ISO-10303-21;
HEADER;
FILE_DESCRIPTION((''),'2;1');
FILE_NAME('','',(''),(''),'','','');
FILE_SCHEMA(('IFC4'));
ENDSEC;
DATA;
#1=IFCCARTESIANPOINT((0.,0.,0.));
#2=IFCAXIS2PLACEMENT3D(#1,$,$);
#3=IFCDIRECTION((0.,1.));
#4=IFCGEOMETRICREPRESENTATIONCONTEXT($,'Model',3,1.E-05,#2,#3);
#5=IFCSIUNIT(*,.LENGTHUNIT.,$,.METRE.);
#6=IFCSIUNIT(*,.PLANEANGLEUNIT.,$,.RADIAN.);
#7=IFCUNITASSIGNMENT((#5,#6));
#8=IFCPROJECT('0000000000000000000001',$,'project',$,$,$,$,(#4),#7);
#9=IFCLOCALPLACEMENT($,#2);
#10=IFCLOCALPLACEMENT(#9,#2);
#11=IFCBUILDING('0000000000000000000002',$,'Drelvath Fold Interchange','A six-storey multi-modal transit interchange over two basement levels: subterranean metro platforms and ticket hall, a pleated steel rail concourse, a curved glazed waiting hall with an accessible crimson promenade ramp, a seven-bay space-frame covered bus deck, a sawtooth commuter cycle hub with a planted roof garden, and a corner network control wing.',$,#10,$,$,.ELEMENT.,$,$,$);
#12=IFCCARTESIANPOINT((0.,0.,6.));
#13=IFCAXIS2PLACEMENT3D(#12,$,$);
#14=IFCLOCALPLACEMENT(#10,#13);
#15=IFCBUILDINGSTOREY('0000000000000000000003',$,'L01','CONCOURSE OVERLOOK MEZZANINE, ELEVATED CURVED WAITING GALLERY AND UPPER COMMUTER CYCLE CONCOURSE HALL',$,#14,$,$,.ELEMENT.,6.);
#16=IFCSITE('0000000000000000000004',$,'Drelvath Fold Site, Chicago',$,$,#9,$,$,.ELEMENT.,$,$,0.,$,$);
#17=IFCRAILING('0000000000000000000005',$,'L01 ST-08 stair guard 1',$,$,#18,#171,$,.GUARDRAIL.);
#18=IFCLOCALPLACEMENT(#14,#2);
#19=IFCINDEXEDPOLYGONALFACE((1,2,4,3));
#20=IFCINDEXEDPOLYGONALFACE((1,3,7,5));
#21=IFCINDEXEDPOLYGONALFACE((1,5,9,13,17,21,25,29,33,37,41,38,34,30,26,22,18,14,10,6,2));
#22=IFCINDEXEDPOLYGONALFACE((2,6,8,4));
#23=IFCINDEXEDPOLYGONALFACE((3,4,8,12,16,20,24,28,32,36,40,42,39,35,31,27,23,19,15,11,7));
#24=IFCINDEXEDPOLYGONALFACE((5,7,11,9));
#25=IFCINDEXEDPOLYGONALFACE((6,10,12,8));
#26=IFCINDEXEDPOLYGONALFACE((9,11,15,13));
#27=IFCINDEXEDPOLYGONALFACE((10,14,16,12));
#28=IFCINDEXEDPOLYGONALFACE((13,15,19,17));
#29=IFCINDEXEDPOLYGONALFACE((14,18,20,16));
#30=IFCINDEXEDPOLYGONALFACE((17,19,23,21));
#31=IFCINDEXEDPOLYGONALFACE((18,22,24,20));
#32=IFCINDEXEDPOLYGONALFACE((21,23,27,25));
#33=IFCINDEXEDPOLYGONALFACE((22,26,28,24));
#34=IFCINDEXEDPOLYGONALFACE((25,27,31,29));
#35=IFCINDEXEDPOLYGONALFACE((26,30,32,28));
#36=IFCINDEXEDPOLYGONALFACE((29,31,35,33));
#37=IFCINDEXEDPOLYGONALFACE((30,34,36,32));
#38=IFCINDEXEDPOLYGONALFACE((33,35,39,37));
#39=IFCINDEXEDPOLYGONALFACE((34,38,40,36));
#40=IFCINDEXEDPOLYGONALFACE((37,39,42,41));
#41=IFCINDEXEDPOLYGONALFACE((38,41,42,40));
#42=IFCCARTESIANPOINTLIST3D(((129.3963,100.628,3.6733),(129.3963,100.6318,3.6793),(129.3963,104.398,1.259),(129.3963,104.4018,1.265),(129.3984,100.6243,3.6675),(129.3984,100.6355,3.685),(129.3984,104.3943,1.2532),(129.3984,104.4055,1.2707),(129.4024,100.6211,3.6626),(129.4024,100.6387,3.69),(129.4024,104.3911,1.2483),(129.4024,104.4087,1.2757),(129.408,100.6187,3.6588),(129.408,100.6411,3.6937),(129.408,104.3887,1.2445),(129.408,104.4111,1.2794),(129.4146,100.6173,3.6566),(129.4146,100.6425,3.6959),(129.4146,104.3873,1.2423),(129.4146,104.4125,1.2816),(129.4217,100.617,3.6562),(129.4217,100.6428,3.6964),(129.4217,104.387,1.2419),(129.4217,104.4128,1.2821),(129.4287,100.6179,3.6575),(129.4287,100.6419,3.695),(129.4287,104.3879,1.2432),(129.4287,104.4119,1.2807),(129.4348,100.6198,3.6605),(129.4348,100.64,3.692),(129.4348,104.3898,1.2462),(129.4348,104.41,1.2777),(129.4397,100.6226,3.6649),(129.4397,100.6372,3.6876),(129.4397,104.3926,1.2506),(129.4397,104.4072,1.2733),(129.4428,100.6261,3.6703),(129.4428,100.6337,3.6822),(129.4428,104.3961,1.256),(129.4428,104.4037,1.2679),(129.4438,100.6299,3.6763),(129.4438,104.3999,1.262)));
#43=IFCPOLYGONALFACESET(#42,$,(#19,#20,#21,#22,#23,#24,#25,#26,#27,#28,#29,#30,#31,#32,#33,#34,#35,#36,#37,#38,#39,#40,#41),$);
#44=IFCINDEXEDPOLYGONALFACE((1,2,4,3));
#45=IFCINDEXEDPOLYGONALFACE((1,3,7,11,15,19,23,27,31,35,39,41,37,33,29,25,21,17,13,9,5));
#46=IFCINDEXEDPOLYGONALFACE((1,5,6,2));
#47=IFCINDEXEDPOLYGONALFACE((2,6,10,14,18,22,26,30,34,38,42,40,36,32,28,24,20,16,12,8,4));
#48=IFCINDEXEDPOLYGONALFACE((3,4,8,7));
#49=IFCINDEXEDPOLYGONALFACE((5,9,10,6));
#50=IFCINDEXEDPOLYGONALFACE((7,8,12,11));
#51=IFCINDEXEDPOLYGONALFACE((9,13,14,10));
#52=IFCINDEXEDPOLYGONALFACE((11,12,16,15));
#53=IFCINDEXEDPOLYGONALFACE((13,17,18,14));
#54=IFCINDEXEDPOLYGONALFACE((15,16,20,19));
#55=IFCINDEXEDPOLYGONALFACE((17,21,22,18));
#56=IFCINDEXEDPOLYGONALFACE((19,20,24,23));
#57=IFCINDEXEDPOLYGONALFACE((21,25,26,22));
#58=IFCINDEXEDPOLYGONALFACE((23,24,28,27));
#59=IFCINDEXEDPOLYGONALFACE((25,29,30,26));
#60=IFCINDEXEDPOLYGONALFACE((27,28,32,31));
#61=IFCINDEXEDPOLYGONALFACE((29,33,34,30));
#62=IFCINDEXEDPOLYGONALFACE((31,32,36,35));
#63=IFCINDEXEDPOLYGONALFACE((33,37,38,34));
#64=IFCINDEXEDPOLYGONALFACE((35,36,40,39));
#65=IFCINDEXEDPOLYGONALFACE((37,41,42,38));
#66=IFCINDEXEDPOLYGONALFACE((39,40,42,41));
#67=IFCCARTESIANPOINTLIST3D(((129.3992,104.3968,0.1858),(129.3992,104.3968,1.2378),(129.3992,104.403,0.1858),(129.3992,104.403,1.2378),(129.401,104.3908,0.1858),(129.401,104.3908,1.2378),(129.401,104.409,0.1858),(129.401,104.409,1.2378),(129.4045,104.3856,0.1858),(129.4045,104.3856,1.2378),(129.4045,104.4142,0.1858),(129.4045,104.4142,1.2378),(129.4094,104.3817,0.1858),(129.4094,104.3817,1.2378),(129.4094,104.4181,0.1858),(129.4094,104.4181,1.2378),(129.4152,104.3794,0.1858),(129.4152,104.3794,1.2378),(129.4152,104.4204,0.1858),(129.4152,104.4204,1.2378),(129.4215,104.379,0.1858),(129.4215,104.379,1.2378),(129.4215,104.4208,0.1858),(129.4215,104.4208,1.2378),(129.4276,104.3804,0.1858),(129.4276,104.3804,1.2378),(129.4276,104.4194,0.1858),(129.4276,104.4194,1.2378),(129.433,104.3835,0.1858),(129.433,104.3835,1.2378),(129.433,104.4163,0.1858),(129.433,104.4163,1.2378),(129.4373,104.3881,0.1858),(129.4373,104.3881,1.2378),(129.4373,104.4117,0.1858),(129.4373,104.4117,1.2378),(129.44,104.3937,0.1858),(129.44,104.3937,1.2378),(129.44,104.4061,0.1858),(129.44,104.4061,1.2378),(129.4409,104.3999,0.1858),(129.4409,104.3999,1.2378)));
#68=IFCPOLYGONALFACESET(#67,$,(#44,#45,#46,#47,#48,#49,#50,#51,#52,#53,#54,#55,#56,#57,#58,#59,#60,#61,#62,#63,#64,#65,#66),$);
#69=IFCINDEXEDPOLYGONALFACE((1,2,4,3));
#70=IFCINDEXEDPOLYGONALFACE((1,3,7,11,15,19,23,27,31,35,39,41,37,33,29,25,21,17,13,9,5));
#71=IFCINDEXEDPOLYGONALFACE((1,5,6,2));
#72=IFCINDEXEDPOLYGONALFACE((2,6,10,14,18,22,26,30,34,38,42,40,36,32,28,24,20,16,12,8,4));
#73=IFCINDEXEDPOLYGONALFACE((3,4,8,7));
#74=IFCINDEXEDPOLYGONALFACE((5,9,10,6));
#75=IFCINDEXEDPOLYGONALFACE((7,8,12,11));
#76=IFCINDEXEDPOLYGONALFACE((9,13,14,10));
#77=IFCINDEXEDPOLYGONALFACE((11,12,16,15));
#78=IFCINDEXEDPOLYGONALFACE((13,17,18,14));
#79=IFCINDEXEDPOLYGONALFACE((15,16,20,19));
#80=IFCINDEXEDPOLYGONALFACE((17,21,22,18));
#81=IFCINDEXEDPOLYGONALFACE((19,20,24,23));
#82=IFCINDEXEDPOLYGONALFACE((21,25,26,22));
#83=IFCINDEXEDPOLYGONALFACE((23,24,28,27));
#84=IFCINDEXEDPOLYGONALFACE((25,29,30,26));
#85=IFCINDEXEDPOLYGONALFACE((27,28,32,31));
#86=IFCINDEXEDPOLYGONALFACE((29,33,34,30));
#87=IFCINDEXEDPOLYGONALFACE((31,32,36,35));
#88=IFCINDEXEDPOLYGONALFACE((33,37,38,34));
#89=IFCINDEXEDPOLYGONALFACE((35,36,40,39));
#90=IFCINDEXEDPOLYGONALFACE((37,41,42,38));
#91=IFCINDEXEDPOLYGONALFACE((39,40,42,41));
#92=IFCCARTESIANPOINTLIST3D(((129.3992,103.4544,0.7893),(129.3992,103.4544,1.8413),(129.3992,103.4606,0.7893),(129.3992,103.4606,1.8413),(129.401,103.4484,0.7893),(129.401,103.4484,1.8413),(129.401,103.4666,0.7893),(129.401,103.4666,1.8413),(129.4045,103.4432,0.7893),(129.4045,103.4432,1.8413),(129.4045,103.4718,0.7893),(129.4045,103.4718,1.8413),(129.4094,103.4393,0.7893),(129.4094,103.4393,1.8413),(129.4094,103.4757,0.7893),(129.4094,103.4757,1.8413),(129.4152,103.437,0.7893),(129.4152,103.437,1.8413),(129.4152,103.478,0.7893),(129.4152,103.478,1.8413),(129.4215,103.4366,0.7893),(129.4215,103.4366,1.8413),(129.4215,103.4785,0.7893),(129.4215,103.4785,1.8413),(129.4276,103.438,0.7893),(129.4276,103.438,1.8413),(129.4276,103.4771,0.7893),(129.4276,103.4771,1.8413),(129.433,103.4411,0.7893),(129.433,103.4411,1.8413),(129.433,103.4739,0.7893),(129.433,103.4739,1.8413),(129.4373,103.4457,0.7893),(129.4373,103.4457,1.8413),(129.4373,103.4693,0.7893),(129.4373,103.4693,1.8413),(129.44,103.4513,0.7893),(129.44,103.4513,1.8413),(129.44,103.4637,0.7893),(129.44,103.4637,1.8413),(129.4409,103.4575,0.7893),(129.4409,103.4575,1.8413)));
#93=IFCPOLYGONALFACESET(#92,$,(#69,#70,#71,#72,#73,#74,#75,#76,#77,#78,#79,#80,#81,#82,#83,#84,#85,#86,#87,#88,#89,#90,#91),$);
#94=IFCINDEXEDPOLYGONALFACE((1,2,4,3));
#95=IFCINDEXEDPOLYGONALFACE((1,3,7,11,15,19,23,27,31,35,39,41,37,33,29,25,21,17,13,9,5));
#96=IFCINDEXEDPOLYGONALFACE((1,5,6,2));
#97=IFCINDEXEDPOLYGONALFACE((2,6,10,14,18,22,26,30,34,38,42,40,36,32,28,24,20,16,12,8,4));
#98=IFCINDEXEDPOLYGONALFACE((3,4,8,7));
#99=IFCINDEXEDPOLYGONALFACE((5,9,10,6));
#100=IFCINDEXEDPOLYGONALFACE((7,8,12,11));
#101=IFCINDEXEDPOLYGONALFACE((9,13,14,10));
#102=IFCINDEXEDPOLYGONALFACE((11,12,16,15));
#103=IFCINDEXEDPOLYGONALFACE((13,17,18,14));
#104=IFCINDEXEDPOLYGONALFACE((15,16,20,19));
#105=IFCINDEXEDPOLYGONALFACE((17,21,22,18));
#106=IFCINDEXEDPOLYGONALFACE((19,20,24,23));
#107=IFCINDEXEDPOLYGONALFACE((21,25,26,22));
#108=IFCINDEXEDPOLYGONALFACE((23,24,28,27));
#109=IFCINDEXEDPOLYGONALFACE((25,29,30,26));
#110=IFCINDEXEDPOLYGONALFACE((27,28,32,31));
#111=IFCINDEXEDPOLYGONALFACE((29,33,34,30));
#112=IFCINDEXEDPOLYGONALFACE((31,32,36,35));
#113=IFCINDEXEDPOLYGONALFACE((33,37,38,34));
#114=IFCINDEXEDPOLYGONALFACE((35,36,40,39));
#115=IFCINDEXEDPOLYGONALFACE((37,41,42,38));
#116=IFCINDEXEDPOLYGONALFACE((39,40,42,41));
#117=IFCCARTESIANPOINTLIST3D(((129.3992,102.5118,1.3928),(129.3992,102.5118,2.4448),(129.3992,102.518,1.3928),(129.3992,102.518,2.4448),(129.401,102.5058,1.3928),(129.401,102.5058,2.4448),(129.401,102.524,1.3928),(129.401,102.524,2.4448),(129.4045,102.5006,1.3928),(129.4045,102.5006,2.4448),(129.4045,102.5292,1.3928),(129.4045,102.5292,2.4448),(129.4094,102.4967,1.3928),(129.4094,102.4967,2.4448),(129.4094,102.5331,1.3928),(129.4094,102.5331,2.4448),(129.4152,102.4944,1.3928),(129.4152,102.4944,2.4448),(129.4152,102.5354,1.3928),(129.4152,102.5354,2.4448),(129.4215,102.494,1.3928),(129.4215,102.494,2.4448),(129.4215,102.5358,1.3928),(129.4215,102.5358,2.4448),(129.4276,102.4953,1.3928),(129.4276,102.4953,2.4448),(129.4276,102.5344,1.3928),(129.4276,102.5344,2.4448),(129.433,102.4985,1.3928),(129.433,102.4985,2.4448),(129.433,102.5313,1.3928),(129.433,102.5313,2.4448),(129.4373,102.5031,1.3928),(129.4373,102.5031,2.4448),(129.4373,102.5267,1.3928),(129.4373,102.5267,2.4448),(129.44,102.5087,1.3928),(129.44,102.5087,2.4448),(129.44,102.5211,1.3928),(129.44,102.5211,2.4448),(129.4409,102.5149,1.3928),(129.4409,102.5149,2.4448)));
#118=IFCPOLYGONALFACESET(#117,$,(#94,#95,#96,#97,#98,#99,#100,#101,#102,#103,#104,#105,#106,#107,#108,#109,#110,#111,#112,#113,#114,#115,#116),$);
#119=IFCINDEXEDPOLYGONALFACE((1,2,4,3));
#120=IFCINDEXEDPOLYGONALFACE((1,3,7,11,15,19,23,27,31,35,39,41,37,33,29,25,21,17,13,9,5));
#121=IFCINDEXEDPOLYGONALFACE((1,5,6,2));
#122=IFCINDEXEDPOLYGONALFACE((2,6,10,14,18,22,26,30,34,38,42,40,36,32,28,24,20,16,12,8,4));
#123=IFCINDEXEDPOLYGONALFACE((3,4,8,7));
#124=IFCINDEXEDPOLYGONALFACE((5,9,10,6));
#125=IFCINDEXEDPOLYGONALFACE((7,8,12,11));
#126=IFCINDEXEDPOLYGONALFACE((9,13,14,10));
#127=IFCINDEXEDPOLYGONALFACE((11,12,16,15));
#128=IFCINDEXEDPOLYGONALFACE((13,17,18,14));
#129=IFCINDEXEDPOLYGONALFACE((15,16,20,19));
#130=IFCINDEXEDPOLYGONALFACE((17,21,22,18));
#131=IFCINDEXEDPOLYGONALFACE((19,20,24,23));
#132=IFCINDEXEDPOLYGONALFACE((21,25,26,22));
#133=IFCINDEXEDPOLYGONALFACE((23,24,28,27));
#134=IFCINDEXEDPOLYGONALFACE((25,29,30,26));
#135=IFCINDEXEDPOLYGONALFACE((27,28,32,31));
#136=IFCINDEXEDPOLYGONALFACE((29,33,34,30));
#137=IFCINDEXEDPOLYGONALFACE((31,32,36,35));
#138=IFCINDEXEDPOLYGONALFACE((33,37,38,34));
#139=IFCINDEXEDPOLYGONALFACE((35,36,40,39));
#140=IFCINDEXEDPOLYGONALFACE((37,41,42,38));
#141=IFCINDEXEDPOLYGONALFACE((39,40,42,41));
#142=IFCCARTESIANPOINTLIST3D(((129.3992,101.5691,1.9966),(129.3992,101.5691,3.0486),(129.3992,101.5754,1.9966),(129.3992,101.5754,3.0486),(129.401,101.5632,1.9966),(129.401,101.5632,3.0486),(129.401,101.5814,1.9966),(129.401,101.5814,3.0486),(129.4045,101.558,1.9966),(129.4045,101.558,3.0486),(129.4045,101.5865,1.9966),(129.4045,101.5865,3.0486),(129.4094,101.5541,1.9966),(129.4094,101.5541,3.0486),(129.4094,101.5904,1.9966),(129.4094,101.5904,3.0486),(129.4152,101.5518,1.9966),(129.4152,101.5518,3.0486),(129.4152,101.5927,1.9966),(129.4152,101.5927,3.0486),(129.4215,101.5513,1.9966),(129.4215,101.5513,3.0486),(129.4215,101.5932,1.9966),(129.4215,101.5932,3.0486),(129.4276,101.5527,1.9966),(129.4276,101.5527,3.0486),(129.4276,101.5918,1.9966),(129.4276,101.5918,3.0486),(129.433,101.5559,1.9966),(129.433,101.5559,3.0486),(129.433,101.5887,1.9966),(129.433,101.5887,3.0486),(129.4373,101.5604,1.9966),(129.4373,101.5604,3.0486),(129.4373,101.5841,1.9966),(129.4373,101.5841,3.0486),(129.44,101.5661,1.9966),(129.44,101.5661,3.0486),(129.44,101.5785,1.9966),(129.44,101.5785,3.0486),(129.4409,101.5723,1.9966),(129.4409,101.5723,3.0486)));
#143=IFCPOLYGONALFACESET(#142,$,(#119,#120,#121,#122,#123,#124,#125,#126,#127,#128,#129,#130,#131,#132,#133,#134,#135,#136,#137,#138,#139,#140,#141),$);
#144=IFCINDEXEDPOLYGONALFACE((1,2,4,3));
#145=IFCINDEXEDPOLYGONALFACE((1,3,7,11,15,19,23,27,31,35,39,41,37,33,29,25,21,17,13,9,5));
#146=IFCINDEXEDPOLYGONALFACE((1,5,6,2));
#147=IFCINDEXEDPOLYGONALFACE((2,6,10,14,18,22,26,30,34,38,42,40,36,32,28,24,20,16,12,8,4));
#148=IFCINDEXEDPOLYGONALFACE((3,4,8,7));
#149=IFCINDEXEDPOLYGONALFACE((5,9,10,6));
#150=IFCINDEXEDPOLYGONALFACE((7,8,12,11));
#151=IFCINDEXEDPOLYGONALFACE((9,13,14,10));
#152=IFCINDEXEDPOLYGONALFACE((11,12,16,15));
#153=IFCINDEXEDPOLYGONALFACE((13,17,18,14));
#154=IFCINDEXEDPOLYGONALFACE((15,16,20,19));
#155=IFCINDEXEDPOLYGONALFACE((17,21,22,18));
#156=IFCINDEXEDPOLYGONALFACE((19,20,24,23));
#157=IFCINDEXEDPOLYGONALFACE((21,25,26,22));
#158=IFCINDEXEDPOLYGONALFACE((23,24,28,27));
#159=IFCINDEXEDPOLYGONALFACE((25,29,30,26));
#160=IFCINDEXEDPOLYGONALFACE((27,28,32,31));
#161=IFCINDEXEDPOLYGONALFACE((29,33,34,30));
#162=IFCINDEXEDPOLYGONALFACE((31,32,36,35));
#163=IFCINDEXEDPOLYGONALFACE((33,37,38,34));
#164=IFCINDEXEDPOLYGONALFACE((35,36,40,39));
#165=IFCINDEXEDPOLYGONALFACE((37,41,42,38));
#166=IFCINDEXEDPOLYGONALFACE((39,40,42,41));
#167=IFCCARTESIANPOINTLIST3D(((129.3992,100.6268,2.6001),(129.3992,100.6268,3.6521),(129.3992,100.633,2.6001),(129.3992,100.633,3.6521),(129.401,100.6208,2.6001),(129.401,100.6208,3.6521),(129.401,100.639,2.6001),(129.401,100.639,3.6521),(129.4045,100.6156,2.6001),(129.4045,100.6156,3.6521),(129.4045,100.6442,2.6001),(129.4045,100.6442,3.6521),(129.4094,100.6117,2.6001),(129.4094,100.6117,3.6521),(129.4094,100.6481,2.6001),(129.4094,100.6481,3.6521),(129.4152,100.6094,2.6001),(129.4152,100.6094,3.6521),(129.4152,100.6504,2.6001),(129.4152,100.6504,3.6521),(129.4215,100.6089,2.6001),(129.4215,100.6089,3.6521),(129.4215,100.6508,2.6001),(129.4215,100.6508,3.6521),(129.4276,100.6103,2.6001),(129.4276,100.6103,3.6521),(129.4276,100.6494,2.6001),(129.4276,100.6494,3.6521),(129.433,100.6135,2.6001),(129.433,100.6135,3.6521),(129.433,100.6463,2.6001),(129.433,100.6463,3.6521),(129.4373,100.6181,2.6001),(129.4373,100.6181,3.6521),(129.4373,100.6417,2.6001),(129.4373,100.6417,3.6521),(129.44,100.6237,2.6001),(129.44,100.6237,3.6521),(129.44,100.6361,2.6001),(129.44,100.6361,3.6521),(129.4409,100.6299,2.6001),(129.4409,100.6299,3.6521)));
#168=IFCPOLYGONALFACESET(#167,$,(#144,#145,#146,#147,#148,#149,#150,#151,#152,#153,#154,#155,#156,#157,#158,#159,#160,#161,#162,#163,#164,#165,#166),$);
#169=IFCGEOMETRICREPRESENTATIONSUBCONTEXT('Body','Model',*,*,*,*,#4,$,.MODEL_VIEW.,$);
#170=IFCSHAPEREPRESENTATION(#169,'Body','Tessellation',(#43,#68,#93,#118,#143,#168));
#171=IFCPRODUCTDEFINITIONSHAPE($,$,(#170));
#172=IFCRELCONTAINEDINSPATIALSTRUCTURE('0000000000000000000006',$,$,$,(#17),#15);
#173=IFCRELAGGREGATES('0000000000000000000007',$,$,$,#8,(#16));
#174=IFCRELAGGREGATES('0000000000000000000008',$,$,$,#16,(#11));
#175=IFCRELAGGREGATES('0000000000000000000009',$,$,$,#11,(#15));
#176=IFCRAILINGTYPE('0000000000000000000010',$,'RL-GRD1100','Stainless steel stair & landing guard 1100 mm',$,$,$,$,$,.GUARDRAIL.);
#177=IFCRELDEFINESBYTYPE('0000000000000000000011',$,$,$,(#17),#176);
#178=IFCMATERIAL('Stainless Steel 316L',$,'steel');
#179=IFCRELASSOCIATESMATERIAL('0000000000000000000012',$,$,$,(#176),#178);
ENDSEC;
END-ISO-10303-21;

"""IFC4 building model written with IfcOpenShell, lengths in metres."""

from ifc_helpers import new_model, si_unit, direction, frame, origin, origin_2d, place, context, subcontext, project, spatial, circle, extrude, material, type_object, element, save


model = new_model("IFC4")

# Units and contexts
model_context = context("Model", 3, precision=1e-05, world=origin(), true_north=direction((0.0, 1.0)))
body_context = subcontext(model_context, "Body", "Model", "MODEL_VIEW")
ifc_project = project(units=[si_unit("LENGTHUNIT", "METRE"), si_unit("PLANEANGLEUNIT", "RADIAN")], contexts=[model_context])

# Site, building, storey
site_placement = place(None, origin())
site = spatial("IfcSite", under=ifc_project, at=site_placement, Name="Drelvath Fold Site, Chicago", CompositionType="ELEMENT", RefElevation=0.0)
building_placement = place(site_placement, origin())
building = spatial("IfcBuilding", under=site, at=building_placement, Name="Drelvath Fold Interchange", Description="A six-storey multi-modal transit interchange over two basement levels: subterranean metro platforms and ticket hall, a pleated steel rail concourse, a curved glazed waiting hall with an accessible crimson promenade ramp, a seven-bay space-frame covered bus deck, a sawtooth commuter cycle hub with a planted roof garden, and a corner network control wing.", CompositionType="ELEMENT")
storey_placement = place(building_placement, frame((0.0, 0.0, 6.0)))
storey = spatial("IfcBuildingStorey", under=building, at=storey_placement, Name="L01", Description="CONCOURSE OVERLOOK MEZZANINE, ELEVATED CURVED WAITING GALLERY AND UPPER COMMUTER CYCLE CONCOURSE HALL", CompositionType="ELEMENT", Elevation=6.0)

# Railing
ifc_material_1 = material(Name="Stainless Steel 316L", Category="steel")
railing_type_1 = type_object("IfcRailingType", Name="RL-GRD1100", Description="Stainless steel stair & landing guard 1100 mm", PredefinedType="GUARDRAIL", material=ifc_material_1)
railing_1_placement = place(storey_placement, frame((129.4199, 104.3999, 0.1858)))
element("IfcRailing", 1, at=railing_1_placement, inside=storey, type_object=railing_type_1, Name="L01 ST-08 stair guard 1", PredefinedType="GUARDRAIL", context=body_context, shape_type="SweptSolid", body=[
    extrude(circle(Radius=0.0239, at=origin_2d()), frame((0.0, 0.0, 1.0762), z_axis=(0.0, -0.84212, 0.53929), x_axis=(1.0, 0.0, 0.0)), (0.0, 0.0, 1.0), 4.4768),
    extrude(circle(Radius=0.021, at=origin_2d()), origin(), (0.0, 0.0, 1.0), 1.052),
    extrude(circle(Radius=0.021, at=origin_2d()), frame((0.0, -0.9424, 0.6035)), (0.0, 0.0, 1.0), 1.052),
    extrude(circle(Radius=0.021, at=origin_2d()), frame((0.0, -1.885, 1.207)), (0.0, 0.0, 1.0), 1.052),
    extrude(circle(Radius=0.021, at=origin_2d()), frame((0.0, -2.8276, 1.8108)), (0.0, 0.0, 1.0), 1.052),
    extrude(circle(Radius=0.021, at=origin_2d()), frame((0.0, -3.77, 2.4143)), (0.0, 0.0, 1.0), 1.052),
])

save(model, "model.ifc")
